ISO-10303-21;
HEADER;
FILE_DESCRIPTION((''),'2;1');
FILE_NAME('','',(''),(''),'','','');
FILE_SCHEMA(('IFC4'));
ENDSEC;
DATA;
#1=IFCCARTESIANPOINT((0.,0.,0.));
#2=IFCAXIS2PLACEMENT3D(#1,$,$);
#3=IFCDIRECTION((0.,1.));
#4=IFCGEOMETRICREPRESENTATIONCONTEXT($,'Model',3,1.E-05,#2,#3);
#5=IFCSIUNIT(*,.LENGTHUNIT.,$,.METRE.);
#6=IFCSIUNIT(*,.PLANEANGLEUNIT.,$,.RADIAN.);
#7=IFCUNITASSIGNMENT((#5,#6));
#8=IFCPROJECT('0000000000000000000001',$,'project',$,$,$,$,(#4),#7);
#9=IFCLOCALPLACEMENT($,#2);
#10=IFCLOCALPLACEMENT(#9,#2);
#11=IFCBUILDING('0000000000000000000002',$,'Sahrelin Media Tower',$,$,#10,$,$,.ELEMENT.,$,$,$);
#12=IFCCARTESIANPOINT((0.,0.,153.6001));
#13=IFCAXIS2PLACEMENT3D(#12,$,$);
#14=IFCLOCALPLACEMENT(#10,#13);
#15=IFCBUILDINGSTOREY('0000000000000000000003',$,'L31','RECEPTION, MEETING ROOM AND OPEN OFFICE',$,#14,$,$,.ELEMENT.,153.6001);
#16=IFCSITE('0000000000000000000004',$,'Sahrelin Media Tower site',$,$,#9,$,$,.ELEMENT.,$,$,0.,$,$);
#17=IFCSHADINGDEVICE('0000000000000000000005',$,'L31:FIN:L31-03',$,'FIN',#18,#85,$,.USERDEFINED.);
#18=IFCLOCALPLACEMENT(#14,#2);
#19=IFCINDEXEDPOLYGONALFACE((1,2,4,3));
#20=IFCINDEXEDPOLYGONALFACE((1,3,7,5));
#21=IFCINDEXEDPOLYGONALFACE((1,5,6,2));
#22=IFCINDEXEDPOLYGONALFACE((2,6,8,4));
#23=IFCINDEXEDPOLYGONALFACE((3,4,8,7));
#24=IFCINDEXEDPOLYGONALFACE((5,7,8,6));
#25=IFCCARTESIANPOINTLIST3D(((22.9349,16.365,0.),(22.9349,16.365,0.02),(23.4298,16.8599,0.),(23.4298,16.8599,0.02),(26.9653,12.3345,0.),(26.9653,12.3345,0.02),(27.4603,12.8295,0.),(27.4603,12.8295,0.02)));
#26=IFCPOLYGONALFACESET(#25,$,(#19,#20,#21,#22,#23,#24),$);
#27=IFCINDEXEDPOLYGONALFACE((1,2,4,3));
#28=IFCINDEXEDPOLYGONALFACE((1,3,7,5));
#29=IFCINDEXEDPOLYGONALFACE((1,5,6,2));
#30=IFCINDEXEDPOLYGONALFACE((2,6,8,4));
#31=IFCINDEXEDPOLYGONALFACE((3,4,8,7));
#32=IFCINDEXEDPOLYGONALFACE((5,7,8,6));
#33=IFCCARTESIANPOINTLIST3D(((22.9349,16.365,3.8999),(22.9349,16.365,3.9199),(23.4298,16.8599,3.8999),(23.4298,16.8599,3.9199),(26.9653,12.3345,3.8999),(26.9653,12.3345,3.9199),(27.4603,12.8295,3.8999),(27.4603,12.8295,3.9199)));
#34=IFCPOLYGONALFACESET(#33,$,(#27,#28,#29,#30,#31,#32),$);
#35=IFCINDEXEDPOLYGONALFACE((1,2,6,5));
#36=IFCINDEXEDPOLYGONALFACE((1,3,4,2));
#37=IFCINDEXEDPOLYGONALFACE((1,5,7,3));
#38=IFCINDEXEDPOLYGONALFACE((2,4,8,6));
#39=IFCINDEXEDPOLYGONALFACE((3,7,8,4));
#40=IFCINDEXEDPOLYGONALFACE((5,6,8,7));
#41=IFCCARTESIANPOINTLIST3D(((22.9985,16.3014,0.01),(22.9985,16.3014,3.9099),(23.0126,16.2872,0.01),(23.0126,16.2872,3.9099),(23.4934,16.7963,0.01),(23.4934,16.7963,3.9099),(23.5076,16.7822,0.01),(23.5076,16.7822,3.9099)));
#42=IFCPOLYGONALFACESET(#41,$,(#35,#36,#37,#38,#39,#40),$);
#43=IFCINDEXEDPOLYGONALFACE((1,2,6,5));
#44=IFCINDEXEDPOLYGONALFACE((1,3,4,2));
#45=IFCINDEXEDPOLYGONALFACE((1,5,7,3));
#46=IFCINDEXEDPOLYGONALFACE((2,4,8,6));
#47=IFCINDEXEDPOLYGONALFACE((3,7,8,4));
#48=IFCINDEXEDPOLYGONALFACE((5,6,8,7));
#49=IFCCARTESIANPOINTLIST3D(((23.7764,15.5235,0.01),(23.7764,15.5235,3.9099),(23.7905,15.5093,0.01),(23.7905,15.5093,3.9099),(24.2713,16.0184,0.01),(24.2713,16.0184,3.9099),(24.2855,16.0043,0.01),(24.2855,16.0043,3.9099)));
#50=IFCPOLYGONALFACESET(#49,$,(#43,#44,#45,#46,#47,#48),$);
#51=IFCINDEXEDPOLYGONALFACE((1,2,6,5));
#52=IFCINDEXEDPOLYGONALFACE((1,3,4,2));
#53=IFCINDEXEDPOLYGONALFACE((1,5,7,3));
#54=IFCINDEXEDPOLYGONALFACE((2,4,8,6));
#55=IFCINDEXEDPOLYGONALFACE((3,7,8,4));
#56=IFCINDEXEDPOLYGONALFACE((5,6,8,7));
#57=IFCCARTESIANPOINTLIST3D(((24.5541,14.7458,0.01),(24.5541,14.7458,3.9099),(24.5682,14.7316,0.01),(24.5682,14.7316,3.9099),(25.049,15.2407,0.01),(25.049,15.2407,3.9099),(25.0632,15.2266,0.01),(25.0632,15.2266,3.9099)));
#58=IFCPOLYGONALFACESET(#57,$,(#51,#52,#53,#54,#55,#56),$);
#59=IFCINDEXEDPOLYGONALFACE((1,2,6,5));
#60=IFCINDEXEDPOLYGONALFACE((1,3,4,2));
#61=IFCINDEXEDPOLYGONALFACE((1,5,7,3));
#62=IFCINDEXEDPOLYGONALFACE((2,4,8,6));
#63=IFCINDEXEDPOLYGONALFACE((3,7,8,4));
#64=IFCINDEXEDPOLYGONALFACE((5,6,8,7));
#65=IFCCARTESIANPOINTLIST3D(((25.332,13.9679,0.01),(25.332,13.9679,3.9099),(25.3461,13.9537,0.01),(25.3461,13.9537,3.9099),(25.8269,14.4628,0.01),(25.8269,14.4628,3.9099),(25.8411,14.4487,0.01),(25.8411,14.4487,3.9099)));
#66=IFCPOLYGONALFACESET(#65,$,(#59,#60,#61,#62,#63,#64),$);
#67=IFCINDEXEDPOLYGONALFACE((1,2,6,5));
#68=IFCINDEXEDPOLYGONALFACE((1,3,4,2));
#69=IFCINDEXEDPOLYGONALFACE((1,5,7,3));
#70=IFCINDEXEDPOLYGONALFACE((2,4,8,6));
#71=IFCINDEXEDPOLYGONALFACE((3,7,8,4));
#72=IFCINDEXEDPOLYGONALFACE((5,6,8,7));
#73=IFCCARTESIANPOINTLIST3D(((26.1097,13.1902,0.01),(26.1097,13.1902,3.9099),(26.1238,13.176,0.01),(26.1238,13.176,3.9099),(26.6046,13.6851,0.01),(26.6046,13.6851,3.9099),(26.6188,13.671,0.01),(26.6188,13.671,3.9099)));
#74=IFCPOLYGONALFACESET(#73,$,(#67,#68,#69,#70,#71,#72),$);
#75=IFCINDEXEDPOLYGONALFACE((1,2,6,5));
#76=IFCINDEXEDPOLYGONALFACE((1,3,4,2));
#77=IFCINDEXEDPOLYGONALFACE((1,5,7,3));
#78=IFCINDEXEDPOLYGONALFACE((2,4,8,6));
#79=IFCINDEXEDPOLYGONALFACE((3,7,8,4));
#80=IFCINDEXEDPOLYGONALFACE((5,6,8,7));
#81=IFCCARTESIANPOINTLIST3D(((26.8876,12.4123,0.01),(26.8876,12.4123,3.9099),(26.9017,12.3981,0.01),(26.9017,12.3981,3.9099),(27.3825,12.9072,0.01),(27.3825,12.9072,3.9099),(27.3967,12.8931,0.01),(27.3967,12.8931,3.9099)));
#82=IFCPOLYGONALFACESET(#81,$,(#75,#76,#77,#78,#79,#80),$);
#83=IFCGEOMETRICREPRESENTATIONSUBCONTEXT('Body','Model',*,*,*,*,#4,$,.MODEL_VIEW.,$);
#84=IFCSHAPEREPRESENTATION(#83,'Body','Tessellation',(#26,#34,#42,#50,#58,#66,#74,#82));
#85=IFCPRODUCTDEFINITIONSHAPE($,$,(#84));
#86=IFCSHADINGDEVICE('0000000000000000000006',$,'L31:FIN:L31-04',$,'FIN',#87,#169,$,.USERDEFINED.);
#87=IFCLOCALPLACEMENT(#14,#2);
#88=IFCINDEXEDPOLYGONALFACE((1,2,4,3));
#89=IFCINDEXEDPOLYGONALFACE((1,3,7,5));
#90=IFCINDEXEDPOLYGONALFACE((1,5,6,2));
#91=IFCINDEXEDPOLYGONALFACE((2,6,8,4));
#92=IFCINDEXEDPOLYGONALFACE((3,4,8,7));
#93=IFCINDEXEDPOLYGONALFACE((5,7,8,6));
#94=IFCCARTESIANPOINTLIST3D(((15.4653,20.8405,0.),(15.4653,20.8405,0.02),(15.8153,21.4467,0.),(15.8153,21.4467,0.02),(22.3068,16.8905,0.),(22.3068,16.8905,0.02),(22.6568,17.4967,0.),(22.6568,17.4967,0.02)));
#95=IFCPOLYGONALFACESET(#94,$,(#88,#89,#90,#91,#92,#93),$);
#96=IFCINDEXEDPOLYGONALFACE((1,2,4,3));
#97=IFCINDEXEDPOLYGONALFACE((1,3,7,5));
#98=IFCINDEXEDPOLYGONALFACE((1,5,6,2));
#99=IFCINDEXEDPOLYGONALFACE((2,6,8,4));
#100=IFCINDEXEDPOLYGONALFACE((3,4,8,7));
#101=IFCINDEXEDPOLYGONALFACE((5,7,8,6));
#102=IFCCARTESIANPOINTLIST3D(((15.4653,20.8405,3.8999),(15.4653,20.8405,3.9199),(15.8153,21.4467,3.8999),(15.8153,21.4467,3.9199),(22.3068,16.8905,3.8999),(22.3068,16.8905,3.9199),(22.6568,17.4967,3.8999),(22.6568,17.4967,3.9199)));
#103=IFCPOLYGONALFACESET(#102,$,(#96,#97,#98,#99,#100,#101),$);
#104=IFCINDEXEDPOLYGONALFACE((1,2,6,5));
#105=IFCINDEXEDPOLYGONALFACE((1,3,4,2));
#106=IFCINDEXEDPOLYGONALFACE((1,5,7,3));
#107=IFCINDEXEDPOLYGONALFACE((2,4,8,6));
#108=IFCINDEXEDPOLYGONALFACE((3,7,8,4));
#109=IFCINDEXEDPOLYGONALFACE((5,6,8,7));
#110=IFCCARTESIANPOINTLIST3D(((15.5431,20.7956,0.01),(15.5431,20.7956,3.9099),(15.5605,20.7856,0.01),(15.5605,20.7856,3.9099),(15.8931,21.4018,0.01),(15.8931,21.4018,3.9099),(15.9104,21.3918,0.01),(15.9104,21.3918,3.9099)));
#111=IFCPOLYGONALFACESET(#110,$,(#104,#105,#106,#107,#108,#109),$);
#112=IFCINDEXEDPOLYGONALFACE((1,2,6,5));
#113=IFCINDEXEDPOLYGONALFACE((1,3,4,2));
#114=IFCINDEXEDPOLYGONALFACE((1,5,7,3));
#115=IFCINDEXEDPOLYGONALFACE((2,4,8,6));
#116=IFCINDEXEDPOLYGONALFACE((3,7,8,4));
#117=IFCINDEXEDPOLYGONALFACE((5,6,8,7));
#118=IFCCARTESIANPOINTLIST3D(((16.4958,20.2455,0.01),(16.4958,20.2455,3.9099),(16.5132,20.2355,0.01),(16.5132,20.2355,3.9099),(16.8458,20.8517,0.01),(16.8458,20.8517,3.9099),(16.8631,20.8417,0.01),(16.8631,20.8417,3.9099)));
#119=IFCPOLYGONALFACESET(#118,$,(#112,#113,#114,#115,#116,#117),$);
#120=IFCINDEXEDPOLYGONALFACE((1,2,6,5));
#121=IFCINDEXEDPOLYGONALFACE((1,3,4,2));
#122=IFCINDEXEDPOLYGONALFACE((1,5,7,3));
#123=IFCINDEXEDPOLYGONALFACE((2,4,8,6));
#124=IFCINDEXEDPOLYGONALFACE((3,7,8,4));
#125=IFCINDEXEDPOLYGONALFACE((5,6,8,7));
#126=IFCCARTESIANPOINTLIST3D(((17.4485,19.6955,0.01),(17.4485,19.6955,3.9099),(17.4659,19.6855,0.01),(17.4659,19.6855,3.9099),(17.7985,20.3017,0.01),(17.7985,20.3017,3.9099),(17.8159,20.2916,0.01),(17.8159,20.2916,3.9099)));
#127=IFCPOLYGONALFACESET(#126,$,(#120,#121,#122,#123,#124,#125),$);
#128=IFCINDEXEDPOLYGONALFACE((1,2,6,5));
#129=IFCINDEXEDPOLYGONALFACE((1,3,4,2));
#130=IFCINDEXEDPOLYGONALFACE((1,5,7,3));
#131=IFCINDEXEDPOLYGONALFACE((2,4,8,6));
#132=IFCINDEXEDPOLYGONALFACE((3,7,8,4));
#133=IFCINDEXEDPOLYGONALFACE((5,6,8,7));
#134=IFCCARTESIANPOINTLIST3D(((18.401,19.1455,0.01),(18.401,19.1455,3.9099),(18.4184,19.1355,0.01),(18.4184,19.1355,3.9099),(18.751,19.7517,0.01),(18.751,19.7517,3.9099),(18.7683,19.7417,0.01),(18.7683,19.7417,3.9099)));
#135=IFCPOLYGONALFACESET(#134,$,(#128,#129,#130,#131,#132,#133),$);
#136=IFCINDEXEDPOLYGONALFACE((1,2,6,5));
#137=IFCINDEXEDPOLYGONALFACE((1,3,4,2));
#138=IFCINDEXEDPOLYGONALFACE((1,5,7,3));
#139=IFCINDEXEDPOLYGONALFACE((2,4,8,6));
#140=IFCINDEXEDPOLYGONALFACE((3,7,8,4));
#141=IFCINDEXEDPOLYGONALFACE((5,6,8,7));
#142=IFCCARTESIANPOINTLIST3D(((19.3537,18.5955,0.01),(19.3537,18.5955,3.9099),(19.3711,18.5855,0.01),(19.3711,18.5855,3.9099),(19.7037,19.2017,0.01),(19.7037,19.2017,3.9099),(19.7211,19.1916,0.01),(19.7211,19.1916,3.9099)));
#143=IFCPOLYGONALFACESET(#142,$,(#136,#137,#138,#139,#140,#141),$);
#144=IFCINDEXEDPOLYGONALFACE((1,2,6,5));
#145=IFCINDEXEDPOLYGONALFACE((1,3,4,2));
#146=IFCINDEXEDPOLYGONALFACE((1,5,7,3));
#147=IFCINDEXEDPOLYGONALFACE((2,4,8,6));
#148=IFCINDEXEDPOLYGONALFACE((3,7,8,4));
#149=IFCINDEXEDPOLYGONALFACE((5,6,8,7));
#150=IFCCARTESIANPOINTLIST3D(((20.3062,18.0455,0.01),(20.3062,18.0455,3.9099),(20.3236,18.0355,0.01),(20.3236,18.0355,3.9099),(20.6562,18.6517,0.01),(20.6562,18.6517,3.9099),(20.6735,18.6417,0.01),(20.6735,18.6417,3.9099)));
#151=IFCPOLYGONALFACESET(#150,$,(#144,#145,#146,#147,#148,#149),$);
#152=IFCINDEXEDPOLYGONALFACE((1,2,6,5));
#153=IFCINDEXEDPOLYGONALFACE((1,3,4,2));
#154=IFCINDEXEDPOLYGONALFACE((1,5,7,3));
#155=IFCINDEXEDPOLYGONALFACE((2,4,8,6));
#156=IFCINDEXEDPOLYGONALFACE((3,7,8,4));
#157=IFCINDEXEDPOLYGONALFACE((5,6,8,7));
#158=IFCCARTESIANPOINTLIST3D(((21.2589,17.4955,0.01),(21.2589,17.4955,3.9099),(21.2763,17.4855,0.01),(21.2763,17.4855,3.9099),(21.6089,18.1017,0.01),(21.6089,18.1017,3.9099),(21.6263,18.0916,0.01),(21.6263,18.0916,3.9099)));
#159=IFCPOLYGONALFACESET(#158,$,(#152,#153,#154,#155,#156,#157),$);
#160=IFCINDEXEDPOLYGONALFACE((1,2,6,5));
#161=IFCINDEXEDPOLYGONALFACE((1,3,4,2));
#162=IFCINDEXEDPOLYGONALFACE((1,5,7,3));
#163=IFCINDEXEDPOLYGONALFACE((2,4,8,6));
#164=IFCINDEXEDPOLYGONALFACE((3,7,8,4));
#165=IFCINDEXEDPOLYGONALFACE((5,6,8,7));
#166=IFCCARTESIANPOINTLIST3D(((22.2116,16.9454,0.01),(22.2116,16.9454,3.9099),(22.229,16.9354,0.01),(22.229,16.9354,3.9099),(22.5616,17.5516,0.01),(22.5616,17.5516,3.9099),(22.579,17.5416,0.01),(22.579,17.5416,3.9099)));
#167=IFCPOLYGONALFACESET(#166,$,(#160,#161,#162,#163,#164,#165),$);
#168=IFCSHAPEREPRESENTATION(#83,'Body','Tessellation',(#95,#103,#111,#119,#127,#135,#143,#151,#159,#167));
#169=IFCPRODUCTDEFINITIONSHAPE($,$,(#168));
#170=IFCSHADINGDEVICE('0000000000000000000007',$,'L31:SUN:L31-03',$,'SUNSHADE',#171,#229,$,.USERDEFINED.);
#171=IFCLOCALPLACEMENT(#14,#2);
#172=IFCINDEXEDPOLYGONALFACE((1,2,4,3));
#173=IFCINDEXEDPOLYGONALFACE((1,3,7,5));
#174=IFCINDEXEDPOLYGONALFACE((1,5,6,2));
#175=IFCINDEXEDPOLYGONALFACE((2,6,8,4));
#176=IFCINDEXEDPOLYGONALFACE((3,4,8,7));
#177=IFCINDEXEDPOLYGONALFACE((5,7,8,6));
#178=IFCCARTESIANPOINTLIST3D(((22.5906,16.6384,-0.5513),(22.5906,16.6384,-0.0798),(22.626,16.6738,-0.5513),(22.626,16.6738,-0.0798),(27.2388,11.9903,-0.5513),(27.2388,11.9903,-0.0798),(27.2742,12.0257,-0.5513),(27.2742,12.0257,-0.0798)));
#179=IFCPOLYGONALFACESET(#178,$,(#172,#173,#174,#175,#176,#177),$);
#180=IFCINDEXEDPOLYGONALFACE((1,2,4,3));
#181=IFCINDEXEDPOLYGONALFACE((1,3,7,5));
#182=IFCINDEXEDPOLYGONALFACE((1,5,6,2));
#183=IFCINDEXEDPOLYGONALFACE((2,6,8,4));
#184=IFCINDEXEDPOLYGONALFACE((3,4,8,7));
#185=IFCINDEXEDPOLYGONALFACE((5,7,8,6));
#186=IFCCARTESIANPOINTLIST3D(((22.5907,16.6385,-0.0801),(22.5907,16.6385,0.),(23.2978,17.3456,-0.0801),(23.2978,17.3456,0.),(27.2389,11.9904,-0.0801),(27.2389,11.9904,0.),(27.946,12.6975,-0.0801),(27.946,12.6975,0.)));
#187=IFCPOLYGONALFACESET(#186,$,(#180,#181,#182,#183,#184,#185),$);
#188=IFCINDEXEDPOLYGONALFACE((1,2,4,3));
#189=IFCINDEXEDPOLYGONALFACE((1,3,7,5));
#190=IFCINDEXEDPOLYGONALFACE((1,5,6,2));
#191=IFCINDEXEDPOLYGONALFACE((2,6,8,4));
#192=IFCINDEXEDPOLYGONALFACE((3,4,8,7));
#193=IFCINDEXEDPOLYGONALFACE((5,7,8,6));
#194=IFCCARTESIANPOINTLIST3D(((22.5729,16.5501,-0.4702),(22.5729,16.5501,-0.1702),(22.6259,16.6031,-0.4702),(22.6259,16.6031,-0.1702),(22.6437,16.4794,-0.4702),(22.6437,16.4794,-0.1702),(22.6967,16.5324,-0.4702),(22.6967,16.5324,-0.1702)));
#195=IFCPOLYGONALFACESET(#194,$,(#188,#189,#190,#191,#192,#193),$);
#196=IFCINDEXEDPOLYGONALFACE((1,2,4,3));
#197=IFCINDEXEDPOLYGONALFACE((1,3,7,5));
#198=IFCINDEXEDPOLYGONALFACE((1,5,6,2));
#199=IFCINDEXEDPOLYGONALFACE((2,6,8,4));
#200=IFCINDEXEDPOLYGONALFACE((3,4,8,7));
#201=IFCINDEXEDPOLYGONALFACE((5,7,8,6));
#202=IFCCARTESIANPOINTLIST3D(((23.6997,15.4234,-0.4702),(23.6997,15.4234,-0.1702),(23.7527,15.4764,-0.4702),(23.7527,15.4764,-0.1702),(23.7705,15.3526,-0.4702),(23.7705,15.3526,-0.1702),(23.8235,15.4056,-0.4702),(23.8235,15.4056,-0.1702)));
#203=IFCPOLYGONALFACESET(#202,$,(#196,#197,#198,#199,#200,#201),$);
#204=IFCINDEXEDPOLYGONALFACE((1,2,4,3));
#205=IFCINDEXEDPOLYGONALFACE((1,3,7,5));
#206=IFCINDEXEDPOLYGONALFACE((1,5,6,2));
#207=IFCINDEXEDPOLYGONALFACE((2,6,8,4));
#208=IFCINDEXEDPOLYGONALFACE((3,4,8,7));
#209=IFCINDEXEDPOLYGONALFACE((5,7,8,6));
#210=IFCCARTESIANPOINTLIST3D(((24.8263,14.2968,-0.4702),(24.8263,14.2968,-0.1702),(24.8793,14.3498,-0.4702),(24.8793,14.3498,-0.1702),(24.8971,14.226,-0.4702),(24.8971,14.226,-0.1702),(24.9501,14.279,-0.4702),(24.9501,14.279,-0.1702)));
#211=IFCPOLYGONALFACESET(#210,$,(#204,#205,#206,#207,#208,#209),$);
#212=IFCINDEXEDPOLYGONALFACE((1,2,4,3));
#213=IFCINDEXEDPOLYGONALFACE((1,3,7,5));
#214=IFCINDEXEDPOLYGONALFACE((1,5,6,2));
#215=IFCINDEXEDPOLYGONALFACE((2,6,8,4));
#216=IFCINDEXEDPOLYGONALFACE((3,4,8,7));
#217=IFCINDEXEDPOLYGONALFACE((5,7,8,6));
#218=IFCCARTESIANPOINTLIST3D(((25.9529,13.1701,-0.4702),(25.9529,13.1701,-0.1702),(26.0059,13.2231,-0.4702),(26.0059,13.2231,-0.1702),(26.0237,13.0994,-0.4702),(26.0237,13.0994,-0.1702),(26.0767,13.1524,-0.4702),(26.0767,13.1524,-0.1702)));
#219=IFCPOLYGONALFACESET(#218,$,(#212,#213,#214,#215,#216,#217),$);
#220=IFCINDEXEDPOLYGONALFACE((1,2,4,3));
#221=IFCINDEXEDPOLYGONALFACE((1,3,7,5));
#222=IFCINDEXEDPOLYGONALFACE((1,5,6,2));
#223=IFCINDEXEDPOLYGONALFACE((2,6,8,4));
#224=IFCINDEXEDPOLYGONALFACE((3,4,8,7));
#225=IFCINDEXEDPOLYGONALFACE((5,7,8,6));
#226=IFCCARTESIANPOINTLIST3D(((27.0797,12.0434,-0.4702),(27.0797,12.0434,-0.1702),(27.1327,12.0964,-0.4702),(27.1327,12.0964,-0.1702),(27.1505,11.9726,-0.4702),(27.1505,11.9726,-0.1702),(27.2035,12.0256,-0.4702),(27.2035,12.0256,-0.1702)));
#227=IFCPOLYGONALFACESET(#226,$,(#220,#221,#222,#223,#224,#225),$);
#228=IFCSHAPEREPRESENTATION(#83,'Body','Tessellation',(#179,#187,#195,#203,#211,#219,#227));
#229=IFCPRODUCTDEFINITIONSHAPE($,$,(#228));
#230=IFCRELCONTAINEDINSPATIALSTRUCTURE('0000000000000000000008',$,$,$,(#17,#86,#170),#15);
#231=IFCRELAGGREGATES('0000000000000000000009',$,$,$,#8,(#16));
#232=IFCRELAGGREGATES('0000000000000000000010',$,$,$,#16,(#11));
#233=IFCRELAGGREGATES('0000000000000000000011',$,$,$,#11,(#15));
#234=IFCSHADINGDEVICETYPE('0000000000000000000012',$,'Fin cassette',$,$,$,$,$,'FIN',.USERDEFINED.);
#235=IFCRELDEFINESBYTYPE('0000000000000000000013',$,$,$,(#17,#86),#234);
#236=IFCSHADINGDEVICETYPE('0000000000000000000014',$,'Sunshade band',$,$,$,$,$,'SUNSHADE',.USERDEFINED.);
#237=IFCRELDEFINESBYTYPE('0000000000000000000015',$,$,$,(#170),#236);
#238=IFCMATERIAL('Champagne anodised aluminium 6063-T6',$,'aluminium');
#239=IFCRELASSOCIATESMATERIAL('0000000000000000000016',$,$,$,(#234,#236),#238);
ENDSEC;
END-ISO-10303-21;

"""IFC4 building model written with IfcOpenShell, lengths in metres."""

from ifc_helpers import new_model, si_unit, direction, frame, origin, origin_2d, place, context, subcontext, project, spatial, rectangle, extrude, material, type_object, element, save


model = new_model("IFC4")

# Units and contexts
model_context = context("Model", 3, precision=1e-05, world=origin(), true_north=direction((0.0, 1.0)))
body_context = subcontext(model_context, "Body", "Model", "MODEL_VIEW")
ifc_project = project(units=[si_unit("LENGTHUNIT", "METRE"), si_unit("PLANEANGLEUNIT", "RADIAN")], contexts=[model_context])

# Site, building, storey
site_placement = place(None, origin())
site = spatial("IfcSite", under=ifc_project, at=site_placement, Name="Sahrelin Media Tower site", CompositionType="ELEMENT", RefElevation=0.0)
building_placement = place(site_placement, origin())
building = spatial("IfcBuilding", under=site, at=building_placement, Name="Sahrelin Media Tower", CompositionType="ELEMENT")
storey_placement = place(building_placement, frame((0.0, 0.0, 153.6001)))
storey = spatial("IfcBuildingStorey", under=building, at=storey_placement, Name="L31", Description="RECEPTION, MEETING ROOM AND OPEN OFFICE", CompositionType="ELEMENT", Elevation=153.6001)

# Shared definitions
ifc_material_1 = material(Name="Champagne anodised aluminium 6063-T6", Category="aluminium")

# Shading devices
shading_device_type_1 = type_object("IfcShadingDeviceType", Name="Fin cassette", ElementType="FIN", PredefinedType="USERDEFINED", material=ifc_material_1)
placement_1 = place(storey_placement, frame((24.9006, 14.3003, 0.0), z_axis=(0.0, 0.0, 1.0), x_axis=(0.707107, -0.707107, 0.0)))
element("IfcShadingDevice", 1, at=placement_1, inside=storey, type_object=shading_device_type_1, Name="L31:FIN:L31-03", ObjectType="FIN", PredefinedType="USERDEFINED", context=body_context, shape_type="SweptSolid", body=[
    extrude(rectangle(XDim=5.7, YDim=0.7, at=origin_2d()), frame((0.0, 0.4199, 0.0)), (0.0, 0.0, 1.0), 0.02),
    extrude(rectangle(XDim=5.7, YDim=0.7, at=origin_2d()), frame((0.0, 0.4199, 3.8999)), (0.0, 0.0, 1.0), 0.02),
    extrude(rectangle(XDim=0.02, YDim=0.7, at=origin_2d()), frame((-2.75, 0.4199, 0.01), z_axis=(0.0, 0.0, 1.0), x_axis=(1.0, 0.0, 0.0)), (0.0, 0.0, 1.0), 3.8999),
    extrude(rectangle(XDim=0.02, YDim=0.7, at=origin_2d()), frame((-1.6499, 0.4199, 0.01), z_axis=(0.0, 0.0, 1.0), x_axis=(1.0, 0.0, 0.0)), (0.0, 0.0, 1.0), 3.8999),
    extrude(rectangle(XDim=0.02, YDim=0.7, at=origin_2d()), frame((-0.55, 0.4199, 0.01), z_axis=(0.0, 0.0, 1.0), x_axis=(1.0, 0.0, 0.0)), (0.0, 0.0, 1.0), 3.8999),
    extrude(rectangle(XDim=0.02, YDim=0.7, at=origin_2d()), frame((0.55, 0.4199, 0.01), z_axis=(0.0, 0.0, 1.0), x_axis=(1.0, 0.0, 0.0)), (0.0, 0.0, 1.0), 3.8999),
    extrude(rectangle(XDim=0.02, YDim=0.7, at=origin_2d()), frame((1.6499, 0.4199, 0.01), z_axis=(0.0, 0.0, 1.0), x_axis=(1.0, 0.0, 0.0)), (0.0, 0.0, 1.0), 3.8999),
    extrude(rectangle(XDim=0.02, YDim=0.7, at=origin_2d()), frame((2.75, 0.4199, 0.01), z_axis=(0.0, 0.0, 1.0), x_axis=(1.0, 0.0, 0.0)), (0.0, 0.0, 1.0), 3.8999),
])
placement_2 = place(storey_placement, frame((18.8511, 18.8049, 0.0), z_axis=(0.0, 0.0, 1.0), x_axis=(0.866019, -0.500011, 0.0)))
element("IfcShadingDevice", 2, at=placement_2, inside=storey, type_object=shading_device_type_1, Name="L31:FIN:L31-04", ObjectType="FIN", PredefinedType="USERDEFINED", context=body_context, shape_type="SweptSolid", body=[
    extrude(rectangle(XDim=7.8999, YDim=0.7, at=origin_2d()), frame((0.0, 0.4199, 0.0)), (0.0, 0.0, 1.0), 0.02),
    extrude(rectangle(XDim=7.8999, YDim=0.7, at=origin_2d()), frame((0.0, 0.4199, 3.8999)), (0.0, 0.0, 1.0), 0.02),
    extrude(rectangle(XDim=0.02, YDim=0.7, at=origin_2d()), frame((-3.8501, 0.4199, 0.01), z_axis=(0.0, 0.0, 1.0), x_axis=(1.0, 0.0, 0.0)), (0.0, 0.0, 1.0), 3.8999),
    extrude(rectangle(XDim=0.02, YDim=0.7, at=origin_2d()), frame((-2.75, 0.4199, 0.01), z_axis=(0.0, 0.0, 1.0), x_axis=(1.0, 0.0, 0.0)), (0.0, 0.0, 1.0), 3.8999),
    extrude(rectangle(XDim=0.02, YDim=0.7, at=origin_2d()), frame((-1.6499, 0.4199, 0.01), z_axis=(0.0, 0.0, 1.0), x_axis=(1.0, 0.0, 0.0)), (0.0, 0.0, 1.0), 3.8999),
    extrude(rectangle(XDim=0.02, YDim=0.7, at=origin_2d()), frame((-0.55, 0.4199, 0.01), z_axis=(0.0, 0.0, 1.0), x_axis=(1.0, 0.0, 0.0)), (0.0, 0.0, 1.0), 3.8999),
    extrude(rectangle(XDim=0.02, YDim=0.7, at=origin_2d()), frame((0.55, 0.4199, 0.01), z_axis=(0.0, 0.0, 1.0), x_axis=(1.0, 0.0, 0.0)), (0.0, 0.0, 1.0), 3.8999),
    extrude(rectangle(XDim=0.02, YDim=0.7, at=origin_2d()), frame((1.6499, 0.4199, 0.01), z_axis=(0.0, 0.0, 1.0), x_axis=(1.0, 0.0, 0.0)), (0.0, 0.0, 1.0), 3.8999),
    extrude(rectangle(XDim=0.02, YDim=0.7, at=origin_2d()), frame((2.75, 0.4199, 0.01), z_axis=(0.0, 0.0, 1.0), x_axis=(1.0, 0.0, 0.0)), (0.0, 0.0, 1.0), 3.8999),
    extrude(rectangle(XDim=0.02, YDim=0.7, at=origin_2d()), frame((3.8501, 0.4199, 0.01), z_axis=(0.0, 0.0, 1.0), x_axis=(1.0, 0.0, 0.0)), (0.0, 0.0, 1.0), 3.8999),
])
shading_device_type_2 = type_object("IfcShadingDeviceType", Name="Sunshade band", ElementType="SUNSHADE", PredefinedType="USERDEFINED", material=ifc_material_1)
element("IfcShadingDevice", 3, at=placement_1, inside=storey, type_object=shading_device_type_2, Name="L31:SUN:L31-03", ObjectType="SUNSHADE", PredefinedType="USERDEFINED", context=body_context, shape_type="SweptSolid", body=[
    extrude(rectangle(XDim=6.5735, YDim=0.05, at=origin_2d()), frame((0.0, 0.0449, -0.5513)), (0.0, 0.0, 1.0), 0.4714),
    extrude(rectangle(XDim=6.5735, YDim=1.0, at=origin_2d()), frame((0.0, 0.52, -0.0801)), (0.0, 0.0, 1.0), 0.0801),
    extrude(rectangle(XDim=0.1001, YDim=0.075, at=origin_2d()), frame((-3.1868, -0.0176, -0.4702)), (0.0, 0.0, 1.0), 0.3),
    extrude(rectangle(XDim=0.1001, YDim=0.075, at=origin_2d()), frame((-1.5933, -0.0176, -0.4702)), (0.0, 0.0, 1.0), 0.3),
    extrude(rectangle(XDim=0.1001, YDim=0.075, at=origin_2d()), frame((0.0, -0.0176, -0.4702)), (0.0, 0.0, 1.0), 0.3),
    extrude(rectangle(XDim=0.1001, YDim=0.075, at=origin_2d()), frame((1.5933, -0.0176, -0.4702)), (0.0, 0.0, 1.0), 0.3),
    extrude(rectangle(XDim=0.1001, YDim=0.075, at=origin_2d()), frame((3.1868, -0.0176, -0.4702)), (0.0, 0.0, 1.0), 0.3),
])

save(model, "model.ifc")
